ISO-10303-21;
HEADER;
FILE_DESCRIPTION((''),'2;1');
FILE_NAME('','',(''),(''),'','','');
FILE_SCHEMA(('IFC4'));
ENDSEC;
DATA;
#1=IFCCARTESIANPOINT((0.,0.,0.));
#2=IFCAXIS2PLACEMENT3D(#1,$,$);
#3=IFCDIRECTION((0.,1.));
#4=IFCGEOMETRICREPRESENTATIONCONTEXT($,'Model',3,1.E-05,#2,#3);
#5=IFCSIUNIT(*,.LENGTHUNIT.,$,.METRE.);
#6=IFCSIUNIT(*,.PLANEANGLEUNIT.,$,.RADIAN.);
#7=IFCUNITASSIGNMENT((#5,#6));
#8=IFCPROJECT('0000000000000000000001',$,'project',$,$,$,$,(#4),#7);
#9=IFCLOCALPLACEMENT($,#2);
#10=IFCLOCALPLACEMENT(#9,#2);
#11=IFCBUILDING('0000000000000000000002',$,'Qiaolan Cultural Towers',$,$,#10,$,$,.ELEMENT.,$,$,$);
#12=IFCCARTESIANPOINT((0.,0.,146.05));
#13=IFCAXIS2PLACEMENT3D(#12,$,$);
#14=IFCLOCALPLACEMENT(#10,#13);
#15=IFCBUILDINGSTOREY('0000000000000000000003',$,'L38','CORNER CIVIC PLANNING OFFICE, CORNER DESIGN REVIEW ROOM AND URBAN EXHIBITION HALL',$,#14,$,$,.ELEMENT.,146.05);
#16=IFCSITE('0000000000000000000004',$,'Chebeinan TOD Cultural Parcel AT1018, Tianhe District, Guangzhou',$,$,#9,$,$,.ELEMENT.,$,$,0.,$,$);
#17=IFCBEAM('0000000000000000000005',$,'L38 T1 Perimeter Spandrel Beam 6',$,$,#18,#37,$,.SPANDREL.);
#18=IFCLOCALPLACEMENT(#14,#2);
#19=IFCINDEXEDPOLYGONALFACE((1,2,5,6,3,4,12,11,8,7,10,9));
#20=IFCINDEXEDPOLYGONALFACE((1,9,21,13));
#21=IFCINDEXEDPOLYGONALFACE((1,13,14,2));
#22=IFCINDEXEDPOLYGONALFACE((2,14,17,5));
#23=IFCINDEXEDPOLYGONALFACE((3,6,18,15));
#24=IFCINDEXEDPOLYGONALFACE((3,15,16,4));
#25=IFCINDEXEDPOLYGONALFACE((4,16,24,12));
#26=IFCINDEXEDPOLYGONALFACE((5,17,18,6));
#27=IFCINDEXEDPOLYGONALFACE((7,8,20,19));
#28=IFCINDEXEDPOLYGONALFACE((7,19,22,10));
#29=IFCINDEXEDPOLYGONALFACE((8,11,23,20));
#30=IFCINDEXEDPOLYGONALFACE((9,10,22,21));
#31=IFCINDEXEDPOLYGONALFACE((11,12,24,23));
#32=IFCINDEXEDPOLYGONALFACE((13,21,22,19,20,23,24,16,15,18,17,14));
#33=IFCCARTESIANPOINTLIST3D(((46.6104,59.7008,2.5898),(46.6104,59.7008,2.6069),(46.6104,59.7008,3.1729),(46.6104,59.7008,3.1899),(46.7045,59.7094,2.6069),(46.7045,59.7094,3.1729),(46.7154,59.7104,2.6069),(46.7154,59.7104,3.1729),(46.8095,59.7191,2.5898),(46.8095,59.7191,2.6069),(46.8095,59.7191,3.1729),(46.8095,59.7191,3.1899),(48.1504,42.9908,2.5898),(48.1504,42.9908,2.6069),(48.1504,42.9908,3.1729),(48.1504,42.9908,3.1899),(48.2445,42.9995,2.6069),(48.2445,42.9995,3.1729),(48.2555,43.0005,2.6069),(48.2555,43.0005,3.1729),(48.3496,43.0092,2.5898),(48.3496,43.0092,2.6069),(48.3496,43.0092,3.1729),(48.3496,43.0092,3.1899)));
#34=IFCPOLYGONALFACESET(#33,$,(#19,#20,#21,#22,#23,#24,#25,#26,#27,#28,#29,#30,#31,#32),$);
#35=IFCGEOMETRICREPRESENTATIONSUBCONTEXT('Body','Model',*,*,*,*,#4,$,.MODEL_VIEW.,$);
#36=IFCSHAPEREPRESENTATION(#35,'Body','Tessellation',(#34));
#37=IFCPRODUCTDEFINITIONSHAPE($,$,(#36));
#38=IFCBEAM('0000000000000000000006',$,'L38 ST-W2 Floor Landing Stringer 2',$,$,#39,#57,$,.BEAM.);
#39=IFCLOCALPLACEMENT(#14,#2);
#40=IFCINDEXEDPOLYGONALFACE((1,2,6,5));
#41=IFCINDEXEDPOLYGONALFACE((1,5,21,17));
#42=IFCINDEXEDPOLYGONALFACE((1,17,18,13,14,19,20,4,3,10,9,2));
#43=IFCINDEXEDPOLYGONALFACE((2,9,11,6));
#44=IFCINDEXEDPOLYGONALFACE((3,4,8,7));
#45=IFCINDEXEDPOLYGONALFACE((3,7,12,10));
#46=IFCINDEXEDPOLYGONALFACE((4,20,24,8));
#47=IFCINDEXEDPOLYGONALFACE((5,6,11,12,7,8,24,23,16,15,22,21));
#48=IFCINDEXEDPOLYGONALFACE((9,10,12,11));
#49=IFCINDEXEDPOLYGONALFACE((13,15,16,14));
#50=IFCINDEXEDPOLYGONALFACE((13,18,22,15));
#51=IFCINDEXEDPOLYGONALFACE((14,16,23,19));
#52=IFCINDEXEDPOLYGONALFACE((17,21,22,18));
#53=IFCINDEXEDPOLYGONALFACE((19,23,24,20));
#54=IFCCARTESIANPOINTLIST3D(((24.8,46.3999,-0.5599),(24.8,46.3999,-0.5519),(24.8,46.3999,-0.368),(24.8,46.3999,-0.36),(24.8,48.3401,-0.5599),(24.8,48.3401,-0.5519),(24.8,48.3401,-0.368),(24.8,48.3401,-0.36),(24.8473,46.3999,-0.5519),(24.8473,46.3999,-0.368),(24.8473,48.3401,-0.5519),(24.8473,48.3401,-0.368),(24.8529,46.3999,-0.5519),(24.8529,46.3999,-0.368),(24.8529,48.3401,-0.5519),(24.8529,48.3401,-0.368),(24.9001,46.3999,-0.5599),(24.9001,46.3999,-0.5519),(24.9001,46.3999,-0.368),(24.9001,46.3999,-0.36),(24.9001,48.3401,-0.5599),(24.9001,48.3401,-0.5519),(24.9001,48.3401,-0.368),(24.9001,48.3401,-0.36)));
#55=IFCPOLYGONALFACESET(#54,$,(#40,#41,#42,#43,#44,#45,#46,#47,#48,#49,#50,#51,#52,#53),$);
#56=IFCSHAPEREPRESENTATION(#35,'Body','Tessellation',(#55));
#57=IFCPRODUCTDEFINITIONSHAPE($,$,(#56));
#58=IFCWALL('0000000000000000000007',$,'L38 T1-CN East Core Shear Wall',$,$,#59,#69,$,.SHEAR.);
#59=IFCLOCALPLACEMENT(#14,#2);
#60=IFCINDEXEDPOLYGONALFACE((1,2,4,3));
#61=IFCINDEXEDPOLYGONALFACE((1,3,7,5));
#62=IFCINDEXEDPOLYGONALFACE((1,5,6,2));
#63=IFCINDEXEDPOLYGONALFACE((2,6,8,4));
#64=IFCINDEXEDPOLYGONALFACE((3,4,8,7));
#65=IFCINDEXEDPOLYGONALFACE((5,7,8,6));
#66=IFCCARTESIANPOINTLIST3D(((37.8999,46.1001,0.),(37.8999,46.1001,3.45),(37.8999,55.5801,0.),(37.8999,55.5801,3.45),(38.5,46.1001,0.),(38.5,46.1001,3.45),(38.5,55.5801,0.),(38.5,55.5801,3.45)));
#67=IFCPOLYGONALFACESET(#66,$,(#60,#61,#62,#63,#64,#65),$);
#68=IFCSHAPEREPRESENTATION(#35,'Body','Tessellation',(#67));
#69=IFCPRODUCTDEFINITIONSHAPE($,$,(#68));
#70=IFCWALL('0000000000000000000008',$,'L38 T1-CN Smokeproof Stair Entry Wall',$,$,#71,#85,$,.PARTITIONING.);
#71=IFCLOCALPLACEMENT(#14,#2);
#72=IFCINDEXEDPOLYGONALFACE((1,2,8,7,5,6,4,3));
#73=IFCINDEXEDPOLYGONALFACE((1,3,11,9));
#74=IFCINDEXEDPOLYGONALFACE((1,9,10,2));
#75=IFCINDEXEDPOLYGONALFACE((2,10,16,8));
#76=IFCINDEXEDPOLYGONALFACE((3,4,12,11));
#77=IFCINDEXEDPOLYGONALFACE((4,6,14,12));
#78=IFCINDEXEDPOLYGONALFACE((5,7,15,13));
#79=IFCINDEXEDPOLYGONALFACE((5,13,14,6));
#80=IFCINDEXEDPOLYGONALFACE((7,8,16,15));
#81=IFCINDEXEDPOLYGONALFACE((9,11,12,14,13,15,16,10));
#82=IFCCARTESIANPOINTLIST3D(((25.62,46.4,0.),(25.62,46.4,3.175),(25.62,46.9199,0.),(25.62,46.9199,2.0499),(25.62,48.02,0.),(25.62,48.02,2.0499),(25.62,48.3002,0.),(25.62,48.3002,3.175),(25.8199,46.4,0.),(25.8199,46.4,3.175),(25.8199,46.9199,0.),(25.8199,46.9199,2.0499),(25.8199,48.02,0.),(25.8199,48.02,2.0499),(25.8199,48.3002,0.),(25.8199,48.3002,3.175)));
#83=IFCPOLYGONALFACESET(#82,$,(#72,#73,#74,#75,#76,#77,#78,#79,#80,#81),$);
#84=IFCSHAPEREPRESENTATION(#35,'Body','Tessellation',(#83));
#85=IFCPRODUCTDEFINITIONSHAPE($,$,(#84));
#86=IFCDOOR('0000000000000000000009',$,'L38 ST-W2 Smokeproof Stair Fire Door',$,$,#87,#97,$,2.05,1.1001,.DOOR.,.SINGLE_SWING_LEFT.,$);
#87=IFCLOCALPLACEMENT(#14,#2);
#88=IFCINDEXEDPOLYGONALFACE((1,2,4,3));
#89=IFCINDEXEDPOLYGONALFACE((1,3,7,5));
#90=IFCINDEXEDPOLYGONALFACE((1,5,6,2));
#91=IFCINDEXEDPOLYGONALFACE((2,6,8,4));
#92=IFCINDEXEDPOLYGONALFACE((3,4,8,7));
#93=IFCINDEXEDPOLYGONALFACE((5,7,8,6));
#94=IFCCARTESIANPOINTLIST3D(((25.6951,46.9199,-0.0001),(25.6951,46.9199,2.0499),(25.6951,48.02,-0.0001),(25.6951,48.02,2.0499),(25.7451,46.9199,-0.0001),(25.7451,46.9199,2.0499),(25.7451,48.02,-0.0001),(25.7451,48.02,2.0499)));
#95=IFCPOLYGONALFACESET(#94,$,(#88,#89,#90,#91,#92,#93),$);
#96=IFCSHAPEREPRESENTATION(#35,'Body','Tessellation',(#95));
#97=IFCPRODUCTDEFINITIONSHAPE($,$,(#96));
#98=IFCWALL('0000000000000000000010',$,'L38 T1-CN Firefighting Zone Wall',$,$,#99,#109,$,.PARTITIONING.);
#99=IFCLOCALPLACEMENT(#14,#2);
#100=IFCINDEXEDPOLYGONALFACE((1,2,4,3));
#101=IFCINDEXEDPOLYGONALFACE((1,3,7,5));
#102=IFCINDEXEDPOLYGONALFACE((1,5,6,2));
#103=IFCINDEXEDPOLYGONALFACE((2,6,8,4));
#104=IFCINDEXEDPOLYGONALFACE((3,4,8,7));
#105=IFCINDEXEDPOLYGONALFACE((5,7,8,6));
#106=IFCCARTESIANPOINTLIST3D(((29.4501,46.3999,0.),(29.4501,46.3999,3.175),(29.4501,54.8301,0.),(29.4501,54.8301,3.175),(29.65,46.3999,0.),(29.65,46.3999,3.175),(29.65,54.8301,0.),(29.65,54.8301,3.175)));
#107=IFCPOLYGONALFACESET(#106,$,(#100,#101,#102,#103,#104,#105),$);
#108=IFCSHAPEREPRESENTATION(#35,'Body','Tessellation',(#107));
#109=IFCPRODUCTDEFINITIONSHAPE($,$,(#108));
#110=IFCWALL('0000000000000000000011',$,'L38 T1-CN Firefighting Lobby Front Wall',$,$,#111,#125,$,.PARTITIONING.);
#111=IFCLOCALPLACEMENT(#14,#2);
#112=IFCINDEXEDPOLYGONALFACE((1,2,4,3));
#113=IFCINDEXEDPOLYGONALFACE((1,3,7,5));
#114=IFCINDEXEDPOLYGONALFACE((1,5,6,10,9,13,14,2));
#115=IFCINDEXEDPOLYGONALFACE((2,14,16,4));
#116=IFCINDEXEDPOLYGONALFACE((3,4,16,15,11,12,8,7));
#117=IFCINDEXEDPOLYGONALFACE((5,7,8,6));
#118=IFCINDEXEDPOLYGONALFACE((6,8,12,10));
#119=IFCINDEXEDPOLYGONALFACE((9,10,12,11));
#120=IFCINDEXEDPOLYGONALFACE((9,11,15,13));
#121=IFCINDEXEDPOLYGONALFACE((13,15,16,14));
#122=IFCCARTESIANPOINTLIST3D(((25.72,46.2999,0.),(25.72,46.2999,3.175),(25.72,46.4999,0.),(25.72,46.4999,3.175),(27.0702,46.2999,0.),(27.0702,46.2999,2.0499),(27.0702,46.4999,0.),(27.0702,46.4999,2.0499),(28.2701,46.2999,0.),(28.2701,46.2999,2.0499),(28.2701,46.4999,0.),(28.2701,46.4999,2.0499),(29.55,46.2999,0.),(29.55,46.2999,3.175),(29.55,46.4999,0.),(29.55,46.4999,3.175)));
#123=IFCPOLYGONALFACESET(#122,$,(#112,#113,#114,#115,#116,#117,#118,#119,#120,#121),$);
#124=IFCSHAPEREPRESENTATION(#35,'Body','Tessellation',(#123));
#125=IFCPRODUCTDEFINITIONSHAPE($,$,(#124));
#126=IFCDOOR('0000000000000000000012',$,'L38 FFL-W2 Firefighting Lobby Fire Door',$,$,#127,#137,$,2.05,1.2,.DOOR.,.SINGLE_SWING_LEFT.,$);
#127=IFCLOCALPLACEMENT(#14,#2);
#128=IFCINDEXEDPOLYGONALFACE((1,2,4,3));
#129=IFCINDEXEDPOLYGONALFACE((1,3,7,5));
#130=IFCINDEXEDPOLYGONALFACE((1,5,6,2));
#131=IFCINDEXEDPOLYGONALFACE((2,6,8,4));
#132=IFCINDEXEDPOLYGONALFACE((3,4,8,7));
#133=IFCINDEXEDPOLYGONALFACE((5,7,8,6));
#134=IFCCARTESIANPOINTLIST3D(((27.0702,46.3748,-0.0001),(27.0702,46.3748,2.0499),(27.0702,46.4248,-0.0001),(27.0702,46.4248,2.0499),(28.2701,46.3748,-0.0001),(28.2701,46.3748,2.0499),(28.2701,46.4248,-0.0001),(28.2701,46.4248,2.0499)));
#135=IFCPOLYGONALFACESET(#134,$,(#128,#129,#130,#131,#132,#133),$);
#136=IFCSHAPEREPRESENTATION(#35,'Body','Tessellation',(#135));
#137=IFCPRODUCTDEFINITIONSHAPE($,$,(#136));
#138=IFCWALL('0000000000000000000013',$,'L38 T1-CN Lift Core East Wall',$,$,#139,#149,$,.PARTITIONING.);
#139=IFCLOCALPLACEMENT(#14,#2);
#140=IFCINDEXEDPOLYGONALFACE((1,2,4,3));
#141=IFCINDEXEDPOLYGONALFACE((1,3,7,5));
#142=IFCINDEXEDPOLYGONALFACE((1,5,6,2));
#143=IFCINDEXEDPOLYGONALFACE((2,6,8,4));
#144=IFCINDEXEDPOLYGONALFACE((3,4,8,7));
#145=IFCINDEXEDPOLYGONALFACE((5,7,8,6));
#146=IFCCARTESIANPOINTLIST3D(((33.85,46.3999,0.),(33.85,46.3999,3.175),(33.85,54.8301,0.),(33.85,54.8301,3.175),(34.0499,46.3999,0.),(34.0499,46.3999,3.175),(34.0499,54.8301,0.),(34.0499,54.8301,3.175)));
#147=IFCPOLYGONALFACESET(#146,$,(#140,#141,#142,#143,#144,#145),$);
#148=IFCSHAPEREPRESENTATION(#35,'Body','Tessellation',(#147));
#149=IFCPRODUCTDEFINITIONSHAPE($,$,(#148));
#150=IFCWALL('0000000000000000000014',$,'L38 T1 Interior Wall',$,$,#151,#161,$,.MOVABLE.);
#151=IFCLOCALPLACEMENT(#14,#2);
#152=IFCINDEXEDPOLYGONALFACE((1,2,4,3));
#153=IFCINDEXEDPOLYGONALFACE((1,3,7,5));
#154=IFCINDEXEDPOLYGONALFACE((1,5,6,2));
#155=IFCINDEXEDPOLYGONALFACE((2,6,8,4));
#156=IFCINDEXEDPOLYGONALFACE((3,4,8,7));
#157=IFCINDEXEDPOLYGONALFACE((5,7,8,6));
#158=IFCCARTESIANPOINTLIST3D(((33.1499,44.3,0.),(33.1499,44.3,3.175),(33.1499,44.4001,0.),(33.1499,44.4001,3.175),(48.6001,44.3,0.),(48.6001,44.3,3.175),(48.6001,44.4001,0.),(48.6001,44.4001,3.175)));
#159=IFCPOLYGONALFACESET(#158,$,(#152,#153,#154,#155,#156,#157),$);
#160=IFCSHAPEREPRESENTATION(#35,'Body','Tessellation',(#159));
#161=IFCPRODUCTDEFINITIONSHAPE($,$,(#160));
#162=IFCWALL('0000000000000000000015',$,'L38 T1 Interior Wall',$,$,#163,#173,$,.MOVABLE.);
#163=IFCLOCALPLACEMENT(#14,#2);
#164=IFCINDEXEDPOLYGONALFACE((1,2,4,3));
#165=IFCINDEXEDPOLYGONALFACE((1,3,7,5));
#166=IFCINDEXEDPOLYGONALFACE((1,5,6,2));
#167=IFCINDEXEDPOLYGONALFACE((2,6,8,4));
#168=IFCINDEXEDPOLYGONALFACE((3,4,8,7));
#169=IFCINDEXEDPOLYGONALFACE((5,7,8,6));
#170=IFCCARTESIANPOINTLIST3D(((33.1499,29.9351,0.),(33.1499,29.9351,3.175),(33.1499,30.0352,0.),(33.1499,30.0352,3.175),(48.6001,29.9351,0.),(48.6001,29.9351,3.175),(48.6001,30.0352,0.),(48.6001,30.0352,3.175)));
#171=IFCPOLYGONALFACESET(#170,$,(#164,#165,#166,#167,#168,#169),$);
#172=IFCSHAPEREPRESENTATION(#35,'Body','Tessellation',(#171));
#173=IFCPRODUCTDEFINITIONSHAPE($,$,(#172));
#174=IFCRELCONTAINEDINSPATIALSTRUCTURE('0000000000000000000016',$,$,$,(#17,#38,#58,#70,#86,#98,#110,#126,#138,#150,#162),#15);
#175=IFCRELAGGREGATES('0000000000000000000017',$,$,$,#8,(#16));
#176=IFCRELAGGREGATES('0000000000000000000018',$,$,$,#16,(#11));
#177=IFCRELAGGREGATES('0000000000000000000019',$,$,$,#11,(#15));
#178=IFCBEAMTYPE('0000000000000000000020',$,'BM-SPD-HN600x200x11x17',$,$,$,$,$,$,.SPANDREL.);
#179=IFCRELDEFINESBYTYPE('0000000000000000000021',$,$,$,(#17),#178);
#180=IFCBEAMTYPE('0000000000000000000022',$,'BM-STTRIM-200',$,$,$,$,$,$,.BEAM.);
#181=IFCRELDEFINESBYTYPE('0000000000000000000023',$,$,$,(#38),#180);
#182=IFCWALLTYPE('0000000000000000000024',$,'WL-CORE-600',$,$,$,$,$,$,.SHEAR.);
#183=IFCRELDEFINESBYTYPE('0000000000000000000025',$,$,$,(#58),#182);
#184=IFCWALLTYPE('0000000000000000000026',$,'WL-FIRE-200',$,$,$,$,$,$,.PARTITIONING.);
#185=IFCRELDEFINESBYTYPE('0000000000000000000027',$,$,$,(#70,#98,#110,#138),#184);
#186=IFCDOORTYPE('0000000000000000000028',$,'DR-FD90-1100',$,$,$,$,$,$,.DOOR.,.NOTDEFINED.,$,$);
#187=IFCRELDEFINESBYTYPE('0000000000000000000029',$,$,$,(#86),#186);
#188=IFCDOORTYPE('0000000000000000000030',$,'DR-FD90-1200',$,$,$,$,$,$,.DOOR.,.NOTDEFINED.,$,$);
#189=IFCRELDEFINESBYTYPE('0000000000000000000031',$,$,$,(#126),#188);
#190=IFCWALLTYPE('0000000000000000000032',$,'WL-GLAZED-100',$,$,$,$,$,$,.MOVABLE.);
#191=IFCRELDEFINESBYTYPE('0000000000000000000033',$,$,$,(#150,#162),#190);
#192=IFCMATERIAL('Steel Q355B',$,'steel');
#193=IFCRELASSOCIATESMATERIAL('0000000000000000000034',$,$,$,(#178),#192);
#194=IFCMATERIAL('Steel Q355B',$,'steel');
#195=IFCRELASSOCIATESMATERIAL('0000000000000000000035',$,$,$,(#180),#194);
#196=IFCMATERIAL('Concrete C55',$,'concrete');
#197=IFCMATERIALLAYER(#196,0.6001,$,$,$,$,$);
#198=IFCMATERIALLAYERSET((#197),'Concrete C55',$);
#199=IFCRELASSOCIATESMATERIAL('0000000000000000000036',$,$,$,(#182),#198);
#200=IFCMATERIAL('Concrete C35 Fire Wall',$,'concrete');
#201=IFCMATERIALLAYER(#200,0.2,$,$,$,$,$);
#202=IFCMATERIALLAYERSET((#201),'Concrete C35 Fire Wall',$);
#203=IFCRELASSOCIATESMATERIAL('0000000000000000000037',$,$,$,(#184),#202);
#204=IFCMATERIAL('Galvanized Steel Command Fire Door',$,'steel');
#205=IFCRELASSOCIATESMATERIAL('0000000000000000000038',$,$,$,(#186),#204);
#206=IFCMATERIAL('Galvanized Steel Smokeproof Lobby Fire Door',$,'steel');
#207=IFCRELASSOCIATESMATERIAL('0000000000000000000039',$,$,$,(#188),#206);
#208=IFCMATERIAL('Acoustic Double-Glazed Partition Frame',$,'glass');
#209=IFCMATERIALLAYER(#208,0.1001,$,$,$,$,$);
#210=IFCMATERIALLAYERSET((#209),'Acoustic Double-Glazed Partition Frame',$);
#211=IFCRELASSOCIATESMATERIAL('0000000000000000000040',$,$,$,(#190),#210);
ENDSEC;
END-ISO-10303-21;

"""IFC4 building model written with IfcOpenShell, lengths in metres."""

from ifc_helpers import new_model, si_unit, direction, frame, frame_2d, origin, origin_2d, place, context, subcontext, project, spatial, rectangle, i_section, extrude, material, layer, layer_set, material_profile, profile_set, type_object, element, fill, save


model = new_model("IFC4")

# Units and contexts
model_context = context("Model", 3, precision=1e-05, world=origin(), true_north=direction((0.0, 1.0)))
body_context = subcontext(model_context, "Body", "Model", "MODEL_VIEW")
ifc_project = project(units=[si_unit("LENGTHUNIT", "METRE"), si_unit("PLANEANGLEUNIT", "RADIAN")], contexts=[model_context])

# Site, building, storey
site_placement = place(None, origin())
site = spatial("IfcSite", under=ifc_project, at=site_placement, Name="Chebeinan TOD Cultural Parcel AT1018, Tianhe District, Guangzhou", CompositionType="ELEMENT", RefElevation=0.0)
building_placement = place(site_placement, origin())
building = spatial("IfcBuilding", under=site, at=building_placement, Name="Qiaolan Cultural Towers", CompositionType="ELEMENT")
storey_placement = place(building_placement, frame((0.0, 0.0, 146.05)))
storey = spatial("IfcBuildingStorey", under=building, at=storey_placement, Name="L38", Description="CORNER CIVIC PLANNING OFFICE, CORNER DESIGN REVIEW ROOM AND URBAN EXHIBITION HALL", CompositionType="ELEMENT", Elevation=146.05)

# Beams
ifc_material_1 = material(Name="Steel Q355B", Category="steel")
ifc_material_profile_1 = material_profile(ifc_material_1, i_section(OverallWidth=0.2, OverallDepth=0.6001, WebThickness=0.011, FlangeThickness=0.0171, at=origin_2d()), Name="HN600x200x11x17")
ifc_profile_set_1 = profile_set([ifc_material_profile_1], Name="Steel Q355B")
beam_type_1 = type_object("IfcBeamType", Name="BM-SPD-HN600x200x11x17", PredefinedType="SPANDREL", material=ifc_profile_set_1)
beam_1_placement = place(storey_placement, frame((48.25, 43.0, 2.8899), z_axis=(-0.091774, 0.99578, 0.0), x_axis=(-0.99578, -0.091774, 0.0)))
element("IfcBeam", 1, at=beam_1_placement, inside=storey, type_object=beam_type_1, Name="L38 T1 Perimeter Spandrel Beam 6", PredefinedType="SPANDREL", context=body_context, shape_type="SweptSolid", body=[
    extrude(i_section(OverallWidth=0.2, OverallDepth=0.6001, WebThickness=0.011, FlangeThickness=0.0171, at=origin_2d()), origin(), (0.0, 0.0, 1.0), 16.7808),
])
ifc_material_2 = material(Name="Steel Q355B", Category="steel")
ifc_material_profile_2 = material_profile(ifc_material_2, i_section(OverallWidth=0.1001, OverallDepth=0.2, WebThickness=0.0056, FlangeThickness=0.0081, at=origin_2d()), Name="HN200x100x5.5x8")
ifc_profile_set_2 = profile_set([ifc_material_profile_2], Name="Steel Q355B")
beam_type_2 = type_object("IfcBeamType", Name="BM-STTRIM-200", PredefinedType="BEAM", material=ifc_profile_set_2)
beam_2_placement = place(storey_placement, frame((24.8501, 46.3999, -0.46), z_axis=(0.0, 1.0, 0.0), x_axis=(-1.0, 0.0, 0.0)))
element("IfcBeam", 2, at=beam_2_placement, inside=storey, type_object=beam_type_2, Name="L38 ST-W2 Floor Landing Stringer 2", PredefinedType="BEAM", context=body_context, shape_type="SweptSolid", body=[
    extrude(i_section(OverallWidth=0.1001, OverallDepth=0.2, WebThickness=0.0056, FlangeThickness=0.0081, at=origin_2d()), origin(), (0.0, 0.0, 1.0), 1.9402),
])

# Wall
ifc_material_3 = material(Name="Concrete C55", Category="concrete")
ifc_layer_1 = layer(ifc_material_3, 0.6001)
ifc_layer_set_1 = layer_set([ifc_layer_1], Name="Concrete C55")
wall_type_1 = type_object("IfcWallType", Name="WL-CORE-600", PredefinedType="SHEAR", material=ifc_layer_set_1)
wall_1_placement = place(storey_placement, frame((38.2, 46.1001, 0.0), z_axis=(0.0, 0.0, 1.0), x_axis=(0.0, 1.0, 0.0)))
element("IfcWall", 3, at=wall_1_placement, inside=storey, type_object=wall_type_1, Name="L38 T1-CN East Core Shear Wall", PredefinedType="SHEAR", context=body_context, shape_type="SweptSolid", body=[
    extrude(rectangle(XDim=9.48, YDim=0.6001, at=frame_2d((4.74, 0.0))), origin(), (0.0, 0.0, 1.0), 3.45),
])

# Wall, opening, door
ifc_material_4 = material(Name="Concrete C35 Fire Wall", Category="concrete")
ifc_layer_2 = layer(ifc_material_4, 0.2)
ifc_layer_set_2 = layer_set([ifc_layer_2], Name="Concrete C35 Fire Wall")
wall_type_2 = type_object("IfcWallType", Name="WL-FIRE-200", PredefinedType="PARTITIONING", material=ifc_layer_set_2)
wall_2_placement = place(storey_placement, frame((25.72, 46.3999, 0.0), z_axis=(0.0, 0.0, 1.0), x_axis=(0.0, 1.0, 0.0)))
wall_2 = element("IfcWall", 4, at=wall_2_placement, inside=storey, type_object=wall_type_2, Name="L38 T1-CN Smokeproof Stair Entry Wall", PredefinedType="PARTITIONING", context=body_context, shape_type="SweptSolid", body=[
    extrude(rectangle(XDim=1.9001, YDim=0.2, at=frame_2d((0.9502, 0.0))), origin(), (0.0, 0.0, 1.0), 3.175),
])
opening_1_placement = place(wall_2_placement, frame((0.52, 0.0, 0.0)))
opening_1 = element("IfcOpeningElement", 5, at=opening_1_placement, cuts=wall_2, PredefinedType="OPENING", context=body_context, shape_type="SweptSolid", body=[
    extrude(rectangle(XDim=1.1001, YDim=2.05, at=frame_2d((0.55, 1.0249))), frame((0.0, 0.1099, 0.0), z_axis=(0.0, -1.0, 0.0), x_axis=(1.0, 0.0, 0.0)), (0.0, 0.0, 1.0), 0.22),
])
ifc_material_5 = material(Name="Galvanized Steel Command Fire Door", Category="steel")
door_type_1 = type_object("IfcDoorType", Name="DR-FD90-1100", OperationType="NOTDEFINED", PredefinedType="DOOR", material=ifc_material_5)
door_1_placement = place(opening_1_placement, origin())
door_1 = element("IfcDoor", 6, at=door_1_placement, inside=storey, type_object=door_type_1, Name="L38 ST-W2 Smokeproof Stair Fire Door", OperationType="SINGLE_SWING_LEFT", OverallHeight=2.05, OverallWidth=1.1001, PredefinedType="DOOR", context=body_context, shape_type="SweptSolid", body=[
    extrude(rectangle(XDim=1.1001, YDim=2.05, at=frame_2d((0.55, 1.0249))), frame((0.0, 0.0249, 0.0), z_axis=(0.0, -1.0, 0.0), x_axis=(1.0, 0.0, 0.0)), (0.0, 0.0, 1.0), 0.05),
])
fill(opening_1, door_1)

# Wall
wall_3_placement = place(storey_placement, frame((29.55, 46.3999, 0.0), z_axis=(0.0, 0.0, 1.0), x_axis=(0.0, 1.0, 0.0)))
element("IfcWall", 7, at=wall_3_placement, inside=storey, type_object=wall_type_2, Name="L38 T1-CN Firefighting Zone Wall", PredefinedType="PARTITIONING", context=body_context, shape_type="SweptSolid", body=[
    extrude(rectangle(XDim=8.4302, YDim=0.2, at=frame_2d((4.2151, 0.0))), origin(), (0.0, 0.0, 1.0), 3.175),
])

# Wall, opening, door
wall_4_placement = place(storey_placement, frame((25.72, 46.3999, 0.0), z_axis=(0.0, 0.0, 1.0), x_axis=(1.0, 0.0, 0.0)))
wall_4 = element("IfcWall", 8, at=wall_4_placement, inside=storey, type_object=wall_type_2, Name="L38 T1-CN Firefighting Lobby Front Wall", PredefinedType="PARTITIONING", context=body_context, shape_type="SweptSolid", body=[
    extrude(rectangle(XDim=3.8301, YDim=0.2, at=frame_2d((1.915, 0.0))), origin(), (0.0, 0.0, 1.0), 3.175),
])
opening_2_placement = place(wall_4_placement, frame((1.3501, 0.0, 0.0)))
opening_2 = element("IfcOpeningElement", 9, at=opening_2_placement, cuts=wall_4, PredefinedType="OPENING", context=body_context, shape_type="SweptSolid", body=[
    extrude(rectangle(XDim=1.2, YDim=2.05, at=frame_2d((0.6001, 1.0249))), frame((0.0, 0.1099, 0.0), z_axis=(0.0, -1.0, 0.0), x_axis=(1.0, 0.0, 0.0)), (0.0, 0.0, 1.0), 0.22),
])
ifc_material_6 = material(Name="Galvanized Steel Smokeproof Lobby Fire Door", Category="steel")
door_type_2 = type_object("IfcDoorType", Name="DR-FD90-1200", OperationType="NOTDEFINED", PredefinedType="DOOR", material=ifc_material_6)
door_2_placement = place(opening_2_placement, origin())
door_2 = element("IfcDoor", 10, at=door_2_placement, inside=storey, type_object=door_type_2, Name="L38 FFL-W2 Firefighting Lobby Fire Door", OperationType="SINGLE_SWING_LEFT", OverallHeight=2.05, OverallWidth=1.2, PredefinedType="DOOR", context=body_context, shape_type="SweptSolid", body=[
    extrude(rectangle(XDim=1.2, YDim=2.05, at=frame_2d((0.6001, 1.0249))), frame((0.0, 0.0249, 0.0), z_axis=(0.0, -1.0, 0.0), x_axis=(1.0, 0.0, 0.0)), (0.0, 0.0, 1.0), 0.05),
])
fill(opening_2, door_2)

# Walls
wall_5_placement = place(storey_placement, frame((33.95, 46.3999, 0.0), z_axis=(0.0, 0.0, 1.0), x_axis=(0.0, 1.0, 0.0)))
element("IfcWall", 11, at=wall_5_placement, inside=storey, type_object=wall_type_2, Name="L38 T1-CN Lift Core East Wall", PredefinedType="PARTITIONING", context=body_context, shape_type="SweptSolid", body=[
    extrude(rectangle(XDim=8.4302, YDim=0.2, at=frame_2d((4.2151, 0.0))), origin(), (0.0, 0.0, 1.0), 3.175),
])
ifc_material_7 = material(Name="Acoustic Double-Glazed Partition Frame", Category="glass")
ifc_layer_3 = layer(ifc_material_7, 0.1001)
ifc_layer_set_3 = layer_set([ifc_layer_3], Name="Acoustic Double-Glazed Partition Frame")
wall_type_3 = type_object("IfcWallType", Name="WL-GLAZED-100", PredefinedType="MOVABLE", material=ifc_layer_set_3)
for number, where, z_axis, x_axis, name in (
    (12, (33.1499, 44.3501, 0.0), (0.0, 0.0, 1.0), (1.0, 0.0, 0.0), "L38 T1 Interior Wall"),
    (13, (33.1499, 29.9851, 0.0), (0.0, 0.0, 1.0), (1.0, 0.0, 0.0), "L38 T1 Interior Wall"),
):
    element("IfcWall", number, at=place(storey_placement, frame(where, z_axis=z_axis, x_axis=x_axis)), inside=storey, type_object=wall_type_3, Name=name, PredefinedType="MOVABLE", context=body_context, shape_type="SweptSolid", body=[
        extrude(rectangle(XDim=15.4502, YDim=0.1001, at=frame_2d((7.7251, 0.0))), origin(), (0.0, 0.0, 1.0), 3.175),
    ])

save(model, "model.ifc")
